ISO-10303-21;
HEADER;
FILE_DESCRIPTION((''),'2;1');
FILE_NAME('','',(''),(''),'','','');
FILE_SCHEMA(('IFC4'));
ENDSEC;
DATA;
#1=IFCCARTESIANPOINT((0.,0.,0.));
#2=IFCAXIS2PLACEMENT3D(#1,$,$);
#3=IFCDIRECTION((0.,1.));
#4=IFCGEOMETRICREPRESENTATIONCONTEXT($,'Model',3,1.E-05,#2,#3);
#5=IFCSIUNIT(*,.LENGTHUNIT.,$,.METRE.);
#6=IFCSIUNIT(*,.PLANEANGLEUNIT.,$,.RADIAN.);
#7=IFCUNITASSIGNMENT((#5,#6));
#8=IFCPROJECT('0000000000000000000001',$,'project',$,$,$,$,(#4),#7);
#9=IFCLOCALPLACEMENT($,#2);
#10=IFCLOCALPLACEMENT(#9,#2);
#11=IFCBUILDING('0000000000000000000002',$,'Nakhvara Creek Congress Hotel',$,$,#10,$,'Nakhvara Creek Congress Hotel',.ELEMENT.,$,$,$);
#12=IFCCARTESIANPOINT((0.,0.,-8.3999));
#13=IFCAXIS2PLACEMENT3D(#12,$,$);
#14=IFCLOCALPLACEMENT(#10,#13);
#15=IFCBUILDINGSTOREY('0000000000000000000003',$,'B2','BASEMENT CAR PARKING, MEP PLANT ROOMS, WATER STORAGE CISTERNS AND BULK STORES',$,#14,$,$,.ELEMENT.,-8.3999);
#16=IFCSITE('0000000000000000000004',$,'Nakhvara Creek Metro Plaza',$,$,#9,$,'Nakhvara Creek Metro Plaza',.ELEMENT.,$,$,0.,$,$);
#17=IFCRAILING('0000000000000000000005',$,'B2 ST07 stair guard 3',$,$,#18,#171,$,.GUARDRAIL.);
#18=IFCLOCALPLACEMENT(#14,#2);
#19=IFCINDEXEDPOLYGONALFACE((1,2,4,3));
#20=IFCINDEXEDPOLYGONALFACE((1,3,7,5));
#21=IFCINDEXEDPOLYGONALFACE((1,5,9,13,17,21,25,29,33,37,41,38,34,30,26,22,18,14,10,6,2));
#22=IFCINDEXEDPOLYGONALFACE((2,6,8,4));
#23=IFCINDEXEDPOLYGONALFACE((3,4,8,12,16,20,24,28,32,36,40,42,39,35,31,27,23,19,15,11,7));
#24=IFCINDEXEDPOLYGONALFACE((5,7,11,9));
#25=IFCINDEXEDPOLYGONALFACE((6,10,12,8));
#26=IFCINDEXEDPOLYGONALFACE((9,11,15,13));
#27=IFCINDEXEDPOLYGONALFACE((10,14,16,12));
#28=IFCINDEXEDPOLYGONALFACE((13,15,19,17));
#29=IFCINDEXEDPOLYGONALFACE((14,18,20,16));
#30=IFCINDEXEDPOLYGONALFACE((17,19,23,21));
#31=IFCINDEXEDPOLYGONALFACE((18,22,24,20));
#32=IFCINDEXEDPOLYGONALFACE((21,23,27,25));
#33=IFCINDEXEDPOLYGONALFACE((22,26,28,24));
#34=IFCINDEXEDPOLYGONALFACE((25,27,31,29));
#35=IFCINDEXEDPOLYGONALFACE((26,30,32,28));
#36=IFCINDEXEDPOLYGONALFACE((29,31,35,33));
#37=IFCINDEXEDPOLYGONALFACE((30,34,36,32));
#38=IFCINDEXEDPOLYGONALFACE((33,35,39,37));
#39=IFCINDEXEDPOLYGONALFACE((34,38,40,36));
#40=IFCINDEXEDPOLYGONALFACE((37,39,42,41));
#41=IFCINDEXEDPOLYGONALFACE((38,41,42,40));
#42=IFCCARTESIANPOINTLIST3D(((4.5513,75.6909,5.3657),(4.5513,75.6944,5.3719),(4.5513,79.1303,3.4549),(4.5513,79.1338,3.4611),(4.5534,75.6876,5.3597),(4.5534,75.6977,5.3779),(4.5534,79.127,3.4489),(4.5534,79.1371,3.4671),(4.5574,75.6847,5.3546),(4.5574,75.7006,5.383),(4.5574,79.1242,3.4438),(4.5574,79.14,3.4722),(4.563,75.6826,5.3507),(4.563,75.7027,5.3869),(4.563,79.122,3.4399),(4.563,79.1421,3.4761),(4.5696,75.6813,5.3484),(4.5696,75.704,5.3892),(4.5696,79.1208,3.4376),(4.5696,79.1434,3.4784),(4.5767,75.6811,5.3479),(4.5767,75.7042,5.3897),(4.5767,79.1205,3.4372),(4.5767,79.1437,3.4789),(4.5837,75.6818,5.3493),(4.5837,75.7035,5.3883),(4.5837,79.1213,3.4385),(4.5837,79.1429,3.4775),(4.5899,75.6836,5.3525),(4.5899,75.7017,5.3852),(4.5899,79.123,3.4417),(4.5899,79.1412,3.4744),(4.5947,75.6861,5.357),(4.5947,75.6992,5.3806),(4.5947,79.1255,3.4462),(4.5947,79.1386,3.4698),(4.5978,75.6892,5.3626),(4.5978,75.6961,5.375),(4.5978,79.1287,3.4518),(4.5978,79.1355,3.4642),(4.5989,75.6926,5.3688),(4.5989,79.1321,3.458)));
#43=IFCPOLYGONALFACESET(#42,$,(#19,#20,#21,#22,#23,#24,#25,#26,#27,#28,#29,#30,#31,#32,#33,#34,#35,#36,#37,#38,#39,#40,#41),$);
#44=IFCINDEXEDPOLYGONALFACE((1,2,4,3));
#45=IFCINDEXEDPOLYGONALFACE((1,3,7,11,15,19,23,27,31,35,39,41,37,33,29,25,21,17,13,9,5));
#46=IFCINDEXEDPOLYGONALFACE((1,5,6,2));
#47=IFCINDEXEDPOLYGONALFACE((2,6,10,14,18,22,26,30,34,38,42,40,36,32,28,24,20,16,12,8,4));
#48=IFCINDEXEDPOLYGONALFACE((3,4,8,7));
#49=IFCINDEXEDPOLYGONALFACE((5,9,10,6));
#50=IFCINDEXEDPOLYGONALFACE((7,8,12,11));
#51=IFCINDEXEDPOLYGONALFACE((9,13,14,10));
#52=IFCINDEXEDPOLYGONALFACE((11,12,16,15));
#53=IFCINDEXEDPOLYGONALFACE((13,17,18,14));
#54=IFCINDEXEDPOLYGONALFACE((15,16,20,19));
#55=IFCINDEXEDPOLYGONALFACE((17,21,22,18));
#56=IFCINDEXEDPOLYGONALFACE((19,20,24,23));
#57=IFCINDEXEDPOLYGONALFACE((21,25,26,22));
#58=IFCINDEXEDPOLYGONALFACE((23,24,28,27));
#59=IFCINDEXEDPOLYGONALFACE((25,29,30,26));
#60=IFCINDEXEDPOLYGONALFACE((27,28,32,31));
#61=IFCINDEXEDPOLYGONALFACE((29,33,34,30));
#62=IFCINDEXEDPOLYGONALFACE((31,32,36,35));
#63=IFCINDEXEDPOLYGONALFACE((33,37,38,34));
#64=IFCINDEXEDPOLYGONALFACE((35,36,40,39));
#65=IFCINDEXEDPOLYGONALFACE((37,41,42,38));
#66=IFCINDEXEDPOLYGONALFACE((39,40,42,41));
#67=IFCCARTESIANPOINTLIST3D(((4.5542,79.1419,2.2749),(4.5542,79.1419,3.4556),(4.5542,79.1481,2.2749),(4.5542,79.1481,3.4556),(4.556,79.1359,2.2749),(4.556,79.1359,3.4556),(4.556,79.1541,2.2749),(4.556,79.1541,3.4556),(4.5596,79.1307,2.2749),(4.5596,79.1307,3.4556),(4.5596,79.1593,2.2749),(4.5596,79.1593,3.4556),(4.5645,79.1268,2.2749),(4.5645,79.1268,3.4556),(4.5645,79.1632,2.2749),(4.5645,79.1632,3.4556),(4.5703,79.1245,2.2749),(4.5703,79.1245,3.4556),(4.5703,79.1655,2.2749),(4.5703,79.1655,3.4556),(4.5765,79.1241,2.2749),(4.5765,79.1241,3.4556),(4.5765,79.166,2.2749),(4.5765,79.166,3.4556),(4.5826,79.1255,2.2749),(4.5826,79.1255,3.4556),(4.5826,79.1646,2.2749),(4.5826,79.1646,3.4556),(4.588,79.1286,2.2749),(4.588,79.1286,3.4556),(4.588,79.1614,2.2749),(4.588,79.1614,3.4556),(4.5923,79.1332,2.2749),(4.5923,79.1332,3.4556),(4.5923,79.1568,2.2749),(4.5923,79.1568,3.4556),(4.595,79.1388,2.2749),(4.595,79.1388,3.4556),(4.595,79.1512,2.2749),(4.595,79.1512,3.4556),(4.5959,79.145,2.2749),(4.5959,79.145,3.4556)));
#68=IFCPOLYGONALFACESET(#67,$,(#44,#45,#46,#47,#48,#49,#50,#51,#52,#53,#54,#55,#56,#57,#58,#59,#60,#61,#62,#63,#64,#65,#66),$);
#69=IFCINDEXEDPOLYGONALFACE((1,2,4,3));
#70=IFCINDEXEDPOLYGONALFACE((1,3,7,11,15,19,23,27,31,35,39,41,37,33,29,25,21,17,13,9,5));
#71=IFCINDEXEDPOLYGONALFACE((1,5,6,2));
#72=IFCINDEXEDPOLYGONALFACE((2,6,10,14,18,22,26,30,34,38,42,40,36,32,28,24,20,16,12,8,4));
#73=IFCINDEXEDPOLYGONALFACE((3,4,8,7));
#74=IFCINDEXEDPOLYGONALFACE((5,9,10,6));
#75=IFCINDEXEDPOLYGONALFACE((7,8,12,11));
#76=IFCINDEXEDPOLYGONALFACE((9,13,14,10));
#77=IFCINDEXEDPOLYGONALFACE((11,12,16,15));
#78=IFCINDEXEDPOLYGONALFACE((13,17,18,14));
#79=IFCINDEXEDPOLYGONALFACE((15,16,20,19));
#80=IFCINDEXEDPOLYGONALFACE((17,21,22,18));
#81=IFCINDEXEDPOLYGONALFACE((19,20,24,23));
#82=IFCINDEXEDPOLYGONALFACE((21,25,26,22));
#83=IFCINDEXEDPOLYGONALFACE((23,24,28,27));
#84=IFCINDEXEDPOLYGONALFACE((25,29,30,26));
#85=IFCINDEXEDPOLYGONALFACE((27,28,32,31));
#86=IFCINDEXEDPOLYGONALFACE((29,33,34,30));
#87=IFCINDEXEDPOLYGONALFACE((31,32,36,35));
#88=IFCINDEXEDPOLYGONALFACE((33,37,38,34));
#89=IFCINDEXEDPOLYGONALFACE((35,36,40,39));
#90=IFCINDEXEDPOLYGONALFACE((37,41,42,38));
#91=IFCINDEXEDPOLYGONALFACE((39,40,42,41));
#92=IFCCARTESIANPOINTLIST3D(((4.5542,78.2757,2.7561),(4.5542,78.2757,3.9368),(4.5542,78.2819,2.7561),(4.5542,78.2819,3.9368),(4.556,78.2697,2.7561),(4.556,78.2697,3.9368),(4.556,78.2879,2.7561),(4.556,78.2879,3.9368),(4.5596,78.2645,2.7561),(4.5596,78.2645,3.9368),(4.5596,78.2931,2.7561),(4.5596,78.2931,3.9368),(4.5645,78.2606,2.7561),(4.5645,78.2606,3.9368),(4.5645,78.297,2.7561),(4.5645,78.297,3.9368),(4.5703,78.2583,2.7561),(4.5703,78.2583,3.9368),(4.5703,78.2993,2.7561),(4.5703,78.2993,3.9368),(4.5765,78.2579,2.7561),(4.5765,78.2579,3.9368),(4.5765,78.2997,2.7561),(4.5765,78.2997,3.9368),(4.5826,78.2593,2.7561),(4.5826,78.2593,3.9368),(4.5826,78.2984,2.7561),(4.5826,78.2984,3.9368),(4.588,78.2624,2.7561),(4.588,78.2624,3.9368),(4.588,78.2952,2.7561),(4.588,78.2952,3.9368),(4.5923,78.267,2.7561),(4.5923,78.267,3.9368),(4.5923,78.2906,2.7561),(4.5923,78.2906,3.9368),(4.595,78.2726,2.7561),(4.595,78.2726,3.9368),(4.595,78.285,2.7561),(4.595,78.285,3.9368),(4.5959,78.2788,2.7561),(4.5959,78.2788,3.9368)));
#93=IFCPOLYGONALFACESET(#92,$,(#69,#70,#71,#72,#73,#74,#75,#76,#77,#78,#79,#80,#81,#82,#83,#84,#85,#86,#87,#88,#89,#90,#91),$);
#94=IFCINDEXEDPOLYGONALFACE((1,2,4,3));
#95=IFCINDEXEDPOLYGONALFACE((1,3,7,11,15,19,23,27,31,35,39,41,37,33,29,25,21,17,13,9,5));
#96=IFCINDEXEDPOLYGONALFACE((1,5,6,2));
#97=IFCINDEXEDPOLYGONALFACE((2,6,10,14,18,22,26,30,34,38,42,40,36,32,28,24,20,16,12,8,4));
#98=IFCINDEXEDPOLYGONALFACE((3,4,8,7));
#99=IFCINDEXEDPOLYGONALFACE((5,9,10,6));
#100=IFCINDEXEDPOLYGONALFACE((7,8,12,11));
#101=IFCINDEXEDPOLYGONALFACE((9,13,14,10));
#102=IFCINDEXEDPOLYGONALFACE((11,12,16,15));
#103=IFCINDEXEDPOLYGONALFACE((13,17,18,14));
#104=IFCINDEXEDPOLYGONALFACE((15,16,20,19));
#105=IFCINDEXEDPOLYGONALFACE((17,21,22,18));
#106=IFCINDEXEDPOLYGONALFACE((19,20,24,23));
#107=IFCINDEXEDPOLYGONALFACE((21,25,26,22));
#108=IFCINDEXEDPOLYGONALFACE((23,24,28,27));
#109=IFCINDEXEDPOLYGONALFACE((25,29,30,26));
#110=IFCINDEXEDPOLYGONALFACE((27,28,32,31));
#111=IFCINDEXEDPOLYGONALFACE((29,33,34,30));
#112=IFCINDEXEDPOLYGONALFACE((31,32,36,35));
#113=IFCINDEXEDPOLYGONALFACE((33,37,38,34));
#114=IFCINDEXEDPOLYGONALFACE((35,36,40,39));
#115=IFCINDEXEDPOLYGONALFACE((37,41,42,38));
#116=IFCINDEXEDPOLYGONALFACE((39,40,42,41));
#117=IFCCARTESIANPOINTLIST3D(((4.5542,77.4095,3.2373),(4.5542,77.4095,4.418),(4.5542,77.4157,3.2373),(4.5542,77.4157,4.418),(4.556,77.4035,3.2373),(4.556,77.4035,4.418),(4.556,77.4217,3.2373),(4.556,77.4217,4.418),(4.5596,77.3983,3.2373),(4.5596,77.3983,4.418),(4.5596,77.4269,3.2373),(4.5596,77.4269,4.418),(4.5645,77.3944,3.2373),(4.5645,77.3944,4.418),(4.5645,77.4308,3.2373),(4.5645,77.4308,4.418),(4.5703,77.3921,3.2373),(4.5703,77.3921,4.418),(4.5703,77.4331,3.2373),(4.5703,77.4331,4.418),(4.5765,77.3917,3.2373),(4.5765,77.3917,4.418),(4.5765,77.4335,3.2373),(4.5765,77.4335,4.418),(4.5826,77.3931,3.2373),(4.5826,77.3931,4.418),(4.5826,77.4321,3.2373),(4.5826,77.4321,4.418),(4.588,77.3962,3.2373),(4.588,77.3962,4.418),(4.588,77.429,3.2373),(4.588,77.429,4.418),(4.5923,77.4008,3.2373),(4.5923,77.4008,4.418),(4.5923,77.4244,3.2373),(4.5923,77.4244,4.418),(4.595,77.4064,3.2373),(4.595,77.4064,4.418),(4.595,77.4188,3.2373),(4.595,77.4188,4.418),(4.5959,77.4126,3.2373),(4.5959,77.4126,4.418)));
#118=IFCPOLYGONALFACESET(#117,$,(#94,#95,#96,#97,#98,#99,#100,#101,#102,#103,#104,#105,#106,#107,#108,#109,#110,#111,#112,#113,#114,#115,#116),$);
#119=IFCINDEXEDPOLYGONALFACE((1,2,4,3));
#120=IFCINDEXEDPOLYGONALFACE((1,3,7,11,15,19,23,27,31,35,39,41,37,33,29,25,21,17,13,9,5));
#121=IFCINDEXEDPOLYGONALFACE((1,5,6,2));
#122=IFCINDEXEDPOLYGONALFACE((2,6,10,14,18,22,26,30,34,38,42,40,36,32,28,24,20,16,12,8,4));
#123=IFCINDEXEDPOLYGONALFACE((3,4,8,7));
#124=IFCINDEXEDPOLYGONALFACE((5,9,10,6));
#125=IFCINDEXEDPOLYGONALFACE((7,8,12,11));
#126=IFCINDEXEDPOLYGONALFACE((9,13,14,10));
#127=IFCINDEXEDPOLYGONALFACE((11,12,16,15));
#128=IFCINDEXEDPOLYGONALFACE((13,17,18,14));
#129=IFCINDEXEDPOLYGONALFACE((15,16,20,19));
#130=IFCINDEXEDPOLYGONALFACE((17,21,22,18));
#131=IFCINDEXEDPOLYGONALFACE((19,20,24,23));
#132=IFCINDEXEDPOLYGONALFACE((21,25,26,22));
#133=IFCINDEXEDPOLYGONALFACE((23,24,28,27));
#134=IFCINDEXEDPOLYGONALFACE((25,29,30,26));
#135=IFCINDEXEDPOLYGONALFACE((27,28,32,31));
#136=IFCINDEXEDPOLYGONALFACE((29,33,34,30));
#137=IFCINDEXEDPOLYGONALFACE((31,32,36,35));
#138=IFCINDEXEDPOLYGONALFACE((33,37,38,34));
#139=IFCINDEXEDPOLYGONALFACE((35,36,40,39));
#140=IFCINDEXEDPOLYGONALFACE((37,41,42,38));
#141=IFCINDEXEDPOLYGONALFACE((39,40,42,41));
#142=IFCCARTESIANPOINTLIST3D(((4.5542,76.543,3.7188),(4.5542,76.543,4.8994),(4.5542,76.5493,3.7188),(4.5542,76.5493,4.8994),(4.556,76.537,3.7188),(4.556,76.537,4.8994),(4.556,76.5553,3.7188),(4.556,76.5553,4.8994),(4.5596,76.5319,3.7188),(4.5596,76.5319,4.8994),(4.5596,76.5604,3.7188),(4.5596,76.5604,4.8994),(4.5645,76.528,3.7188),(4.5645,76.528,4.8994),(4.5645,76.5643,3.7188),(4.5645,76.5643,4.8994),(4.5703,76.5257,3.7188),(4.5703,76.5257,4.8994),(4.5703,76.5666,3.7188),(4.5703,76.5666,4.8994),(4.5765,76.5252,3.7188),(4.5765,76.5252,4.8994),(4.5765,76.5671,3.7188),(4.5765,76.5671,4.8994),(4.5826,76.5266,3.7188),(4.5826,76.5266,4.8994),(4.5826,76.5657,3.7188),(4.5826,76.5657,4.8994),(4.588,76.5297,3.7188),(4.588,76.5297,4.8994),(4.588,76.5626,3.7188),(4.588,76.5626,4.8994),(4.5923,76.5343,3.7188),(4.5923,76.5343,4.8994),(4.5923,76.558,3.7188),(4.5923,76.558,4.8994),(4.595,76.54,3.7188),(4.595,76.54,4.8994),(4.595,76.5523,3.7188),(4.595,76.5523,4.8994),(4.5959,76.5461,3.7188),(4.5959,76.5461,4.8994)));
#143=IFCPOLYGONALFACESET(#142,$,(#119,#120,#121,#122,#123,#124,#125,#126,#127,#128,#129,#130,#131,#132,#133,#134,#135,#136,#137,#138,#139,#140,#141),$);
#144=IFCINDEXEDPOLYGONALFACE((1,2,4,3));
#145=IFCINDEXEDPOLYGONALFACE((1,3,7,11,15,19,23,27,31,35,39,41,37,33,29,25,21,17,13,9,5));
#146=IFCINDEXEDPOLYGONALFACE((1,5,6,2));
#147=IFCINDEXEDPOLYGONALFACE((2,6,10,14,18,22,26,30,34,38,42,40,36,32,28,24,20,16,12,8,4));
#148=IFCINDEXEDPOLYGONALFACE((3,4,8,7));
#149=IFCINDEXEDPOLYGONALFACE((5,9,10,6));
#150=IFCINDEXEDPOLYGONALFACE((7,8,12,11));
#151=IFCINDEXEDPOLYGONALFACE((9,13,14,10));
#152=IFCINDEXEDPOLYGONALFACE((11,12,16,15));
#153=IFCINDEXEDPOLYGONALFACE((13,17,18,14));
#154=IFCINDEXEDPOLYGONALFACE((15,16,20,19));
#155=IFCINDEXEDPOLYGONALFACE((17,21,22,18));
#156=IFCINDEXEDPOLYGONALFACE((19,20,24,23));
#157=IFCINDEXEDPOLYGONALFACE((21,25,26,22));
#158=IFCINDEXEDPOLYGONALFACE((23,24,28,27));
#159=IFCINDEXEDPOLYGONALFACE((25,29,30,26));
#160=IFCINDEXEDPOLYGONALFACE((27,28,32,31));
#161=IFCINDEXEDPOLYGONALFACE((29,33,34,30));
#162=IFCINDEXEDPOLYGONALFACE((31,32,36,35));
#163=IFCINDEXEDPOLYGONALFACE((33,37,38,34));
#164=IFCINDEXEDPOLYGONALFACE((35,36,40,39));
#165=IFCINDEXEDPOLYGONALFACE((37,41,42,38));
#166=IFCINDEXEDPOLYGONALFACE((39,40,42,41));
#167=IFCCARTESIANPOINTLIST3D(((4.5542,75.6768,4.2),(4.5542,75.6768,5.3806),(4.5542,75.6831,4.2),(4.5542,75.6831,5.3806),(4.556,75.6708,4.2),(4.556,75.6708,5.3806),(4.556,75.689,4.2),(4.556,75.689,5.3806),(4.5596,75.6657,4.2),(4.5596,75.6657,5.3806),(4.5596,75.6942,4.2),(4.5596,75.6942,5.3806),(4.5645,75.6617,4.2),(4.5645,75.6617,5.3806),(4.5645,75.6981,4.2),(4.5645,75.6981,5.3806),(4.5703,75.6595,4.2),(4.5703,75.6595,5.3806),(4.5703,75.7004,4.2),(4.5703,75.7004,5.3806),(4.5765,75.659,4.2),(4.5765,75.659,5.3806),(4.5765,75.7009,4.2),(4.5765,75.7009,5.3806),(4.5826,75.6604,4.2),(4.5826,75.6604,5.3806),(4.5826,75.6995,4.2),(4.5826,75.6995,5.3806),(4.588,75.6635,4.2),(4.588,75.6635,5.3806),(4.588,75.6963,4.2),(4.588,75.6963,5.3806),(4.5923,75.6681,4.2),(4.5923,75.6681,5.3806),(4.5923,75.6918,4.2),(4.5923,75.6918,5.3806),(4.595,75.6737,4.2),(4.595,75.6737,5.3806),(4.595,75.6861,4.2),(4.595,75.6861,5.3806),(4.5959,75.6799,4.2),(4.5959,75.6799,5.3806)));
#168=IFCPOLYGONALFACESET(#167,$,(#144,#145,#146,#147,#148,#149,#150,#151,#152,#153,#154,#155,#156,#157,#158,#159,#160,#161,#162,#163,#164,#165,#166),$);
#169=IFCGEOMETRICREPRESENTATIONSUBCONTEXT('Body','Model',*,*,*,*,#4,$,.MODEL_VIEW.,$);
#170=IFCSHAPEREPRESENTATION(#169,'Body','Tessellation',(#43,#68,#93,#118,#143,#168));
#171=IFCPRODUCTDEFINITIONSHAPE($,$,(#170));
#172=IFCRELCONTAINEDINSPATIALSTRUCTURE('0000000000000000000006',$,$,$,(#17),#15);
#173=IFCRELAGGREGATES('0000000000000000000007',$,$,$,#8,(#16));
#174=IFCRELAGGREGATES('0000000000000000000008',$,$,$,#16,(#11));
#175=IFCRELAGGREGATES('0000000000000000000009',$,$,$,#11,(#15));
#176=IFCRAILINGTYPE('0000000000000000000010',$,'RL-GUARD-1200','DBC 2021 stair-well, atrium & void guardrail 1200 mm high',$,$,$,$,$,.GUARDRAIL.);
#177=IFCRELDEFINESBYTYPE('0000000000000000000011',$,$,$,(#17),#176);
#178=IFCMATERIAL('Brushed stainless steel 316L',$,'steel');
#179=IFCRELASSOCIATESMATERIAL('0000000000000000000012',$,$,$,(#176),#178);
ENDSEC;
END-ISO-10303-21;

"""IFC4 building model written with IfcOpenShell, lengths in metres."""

from ifc_helpers import new_model, si_unit, direction, frame, origin, origin_2d, place, context, subcontext, project, spatial, circle, extrude, material, type_object, element, save


model = new_model("IFC4")

# Units and contexts
model_context = context("Model", 3, precision=1e-05, world=origin(), true_north=direction((0.0, 1.0)))
body_context = subcontext(model_context, "Body", "Model", "MODEL_VIEW")
ifc_project = project(units=[si_unit("LENGTHUNIT", "METRE"), si_unit("PLANEANGLEUNIT", "RADIAN")], contexts=[model_context])

# Site, building, storey
site_placement = place(None, origin())
site = spatial("IfcSite", under=ifc_project, at=site_placement, Name="Nakhvara Creek Metro Plaza", LongName="Nakhvara Creek Metro Plaza", CompositionType="ELEMENT", RefElevation=0.0)
building_placement = place(site_placement, origin())
building = spatial("IfcBuilding", under=site, at=building_placement, Name="Nakhvara Creek Congress Hotel", LongName="Nakhvara Creek Congress Hotel", CompositionType="ELEMENT")
storey_placement = place(building_placement, frame((0.0, 0.0, -8.3999)))
storey = spatial("IfcBuildingStorey", under=building, at=storey_placement, Name="B2", Description="BASEMENT CAR PARKING, MEP PLANT ROOMS, WATER STORAGE CISTERNS AND BULK STORES", CompositionType="ELEMENT", Elevation=-8.3999)

# Railing
ifc_material_1 = material(Name="Brushed stainless steel 316L", Category="steel")
railing_type_1 = type_object("IfcRailingType", Name="RL-GUARD-1200", Description="DBC 2021 stair-well, atrium & void guardrail 1200 mm high", PredefinedType="GUARDRAIL", material=ifc_material_1)
railing_1_placement = place(storey_placement, frame((4.575, 79.145, 2.2749)))
element("IfcRailing", 1, at=railing_1_placement, inside=storey, type_object=railing_type_1, Name="B2 ST07 stair guard 3", PredefinedType="GUARDRAIL", context=body_context, shape_type="SweptSolid", body=[
    extrude(circle(Radius=0.0239, at=origin_2d()), frame((0.0, -0.0129, 1.1831), z_axis=(0.0, -0.874157, 0.485643), x_axis=(1.0, 0.0, 0.0)), (0.0, 0.0, 1.0), 3.9346),
    extrude(circle(Radius=0.021, at=origin_2d()), origin(), (0.0, 0.0, 1.0), 1.1807),
    extrude(circle(Radius=0.021, at=origin_2d()), frame((0.0, -0.8662, 0.4812)), (0.0, 0.0, 1.0), 1.1807),
    extrude(circle(Radius=0.021, at=origin_2d()), frame((0.0, -1.7324, 0.9624)), (0.0, 0.0, 1.0), 1.1807),
    extrude(circle(Radius=0.021, at=origin_2d()), frame((0.0, -2.5989, 1.4438)), (0.0, 0.0, 1.0), 1.1807),
    extrude(circle(Radius=0.021, at=origin_2d()), frame((0.0, -3.4651, 1.925)), (0.0, 0.0, 1.0), 1.1807),
])

save(model, "model.ifc")
